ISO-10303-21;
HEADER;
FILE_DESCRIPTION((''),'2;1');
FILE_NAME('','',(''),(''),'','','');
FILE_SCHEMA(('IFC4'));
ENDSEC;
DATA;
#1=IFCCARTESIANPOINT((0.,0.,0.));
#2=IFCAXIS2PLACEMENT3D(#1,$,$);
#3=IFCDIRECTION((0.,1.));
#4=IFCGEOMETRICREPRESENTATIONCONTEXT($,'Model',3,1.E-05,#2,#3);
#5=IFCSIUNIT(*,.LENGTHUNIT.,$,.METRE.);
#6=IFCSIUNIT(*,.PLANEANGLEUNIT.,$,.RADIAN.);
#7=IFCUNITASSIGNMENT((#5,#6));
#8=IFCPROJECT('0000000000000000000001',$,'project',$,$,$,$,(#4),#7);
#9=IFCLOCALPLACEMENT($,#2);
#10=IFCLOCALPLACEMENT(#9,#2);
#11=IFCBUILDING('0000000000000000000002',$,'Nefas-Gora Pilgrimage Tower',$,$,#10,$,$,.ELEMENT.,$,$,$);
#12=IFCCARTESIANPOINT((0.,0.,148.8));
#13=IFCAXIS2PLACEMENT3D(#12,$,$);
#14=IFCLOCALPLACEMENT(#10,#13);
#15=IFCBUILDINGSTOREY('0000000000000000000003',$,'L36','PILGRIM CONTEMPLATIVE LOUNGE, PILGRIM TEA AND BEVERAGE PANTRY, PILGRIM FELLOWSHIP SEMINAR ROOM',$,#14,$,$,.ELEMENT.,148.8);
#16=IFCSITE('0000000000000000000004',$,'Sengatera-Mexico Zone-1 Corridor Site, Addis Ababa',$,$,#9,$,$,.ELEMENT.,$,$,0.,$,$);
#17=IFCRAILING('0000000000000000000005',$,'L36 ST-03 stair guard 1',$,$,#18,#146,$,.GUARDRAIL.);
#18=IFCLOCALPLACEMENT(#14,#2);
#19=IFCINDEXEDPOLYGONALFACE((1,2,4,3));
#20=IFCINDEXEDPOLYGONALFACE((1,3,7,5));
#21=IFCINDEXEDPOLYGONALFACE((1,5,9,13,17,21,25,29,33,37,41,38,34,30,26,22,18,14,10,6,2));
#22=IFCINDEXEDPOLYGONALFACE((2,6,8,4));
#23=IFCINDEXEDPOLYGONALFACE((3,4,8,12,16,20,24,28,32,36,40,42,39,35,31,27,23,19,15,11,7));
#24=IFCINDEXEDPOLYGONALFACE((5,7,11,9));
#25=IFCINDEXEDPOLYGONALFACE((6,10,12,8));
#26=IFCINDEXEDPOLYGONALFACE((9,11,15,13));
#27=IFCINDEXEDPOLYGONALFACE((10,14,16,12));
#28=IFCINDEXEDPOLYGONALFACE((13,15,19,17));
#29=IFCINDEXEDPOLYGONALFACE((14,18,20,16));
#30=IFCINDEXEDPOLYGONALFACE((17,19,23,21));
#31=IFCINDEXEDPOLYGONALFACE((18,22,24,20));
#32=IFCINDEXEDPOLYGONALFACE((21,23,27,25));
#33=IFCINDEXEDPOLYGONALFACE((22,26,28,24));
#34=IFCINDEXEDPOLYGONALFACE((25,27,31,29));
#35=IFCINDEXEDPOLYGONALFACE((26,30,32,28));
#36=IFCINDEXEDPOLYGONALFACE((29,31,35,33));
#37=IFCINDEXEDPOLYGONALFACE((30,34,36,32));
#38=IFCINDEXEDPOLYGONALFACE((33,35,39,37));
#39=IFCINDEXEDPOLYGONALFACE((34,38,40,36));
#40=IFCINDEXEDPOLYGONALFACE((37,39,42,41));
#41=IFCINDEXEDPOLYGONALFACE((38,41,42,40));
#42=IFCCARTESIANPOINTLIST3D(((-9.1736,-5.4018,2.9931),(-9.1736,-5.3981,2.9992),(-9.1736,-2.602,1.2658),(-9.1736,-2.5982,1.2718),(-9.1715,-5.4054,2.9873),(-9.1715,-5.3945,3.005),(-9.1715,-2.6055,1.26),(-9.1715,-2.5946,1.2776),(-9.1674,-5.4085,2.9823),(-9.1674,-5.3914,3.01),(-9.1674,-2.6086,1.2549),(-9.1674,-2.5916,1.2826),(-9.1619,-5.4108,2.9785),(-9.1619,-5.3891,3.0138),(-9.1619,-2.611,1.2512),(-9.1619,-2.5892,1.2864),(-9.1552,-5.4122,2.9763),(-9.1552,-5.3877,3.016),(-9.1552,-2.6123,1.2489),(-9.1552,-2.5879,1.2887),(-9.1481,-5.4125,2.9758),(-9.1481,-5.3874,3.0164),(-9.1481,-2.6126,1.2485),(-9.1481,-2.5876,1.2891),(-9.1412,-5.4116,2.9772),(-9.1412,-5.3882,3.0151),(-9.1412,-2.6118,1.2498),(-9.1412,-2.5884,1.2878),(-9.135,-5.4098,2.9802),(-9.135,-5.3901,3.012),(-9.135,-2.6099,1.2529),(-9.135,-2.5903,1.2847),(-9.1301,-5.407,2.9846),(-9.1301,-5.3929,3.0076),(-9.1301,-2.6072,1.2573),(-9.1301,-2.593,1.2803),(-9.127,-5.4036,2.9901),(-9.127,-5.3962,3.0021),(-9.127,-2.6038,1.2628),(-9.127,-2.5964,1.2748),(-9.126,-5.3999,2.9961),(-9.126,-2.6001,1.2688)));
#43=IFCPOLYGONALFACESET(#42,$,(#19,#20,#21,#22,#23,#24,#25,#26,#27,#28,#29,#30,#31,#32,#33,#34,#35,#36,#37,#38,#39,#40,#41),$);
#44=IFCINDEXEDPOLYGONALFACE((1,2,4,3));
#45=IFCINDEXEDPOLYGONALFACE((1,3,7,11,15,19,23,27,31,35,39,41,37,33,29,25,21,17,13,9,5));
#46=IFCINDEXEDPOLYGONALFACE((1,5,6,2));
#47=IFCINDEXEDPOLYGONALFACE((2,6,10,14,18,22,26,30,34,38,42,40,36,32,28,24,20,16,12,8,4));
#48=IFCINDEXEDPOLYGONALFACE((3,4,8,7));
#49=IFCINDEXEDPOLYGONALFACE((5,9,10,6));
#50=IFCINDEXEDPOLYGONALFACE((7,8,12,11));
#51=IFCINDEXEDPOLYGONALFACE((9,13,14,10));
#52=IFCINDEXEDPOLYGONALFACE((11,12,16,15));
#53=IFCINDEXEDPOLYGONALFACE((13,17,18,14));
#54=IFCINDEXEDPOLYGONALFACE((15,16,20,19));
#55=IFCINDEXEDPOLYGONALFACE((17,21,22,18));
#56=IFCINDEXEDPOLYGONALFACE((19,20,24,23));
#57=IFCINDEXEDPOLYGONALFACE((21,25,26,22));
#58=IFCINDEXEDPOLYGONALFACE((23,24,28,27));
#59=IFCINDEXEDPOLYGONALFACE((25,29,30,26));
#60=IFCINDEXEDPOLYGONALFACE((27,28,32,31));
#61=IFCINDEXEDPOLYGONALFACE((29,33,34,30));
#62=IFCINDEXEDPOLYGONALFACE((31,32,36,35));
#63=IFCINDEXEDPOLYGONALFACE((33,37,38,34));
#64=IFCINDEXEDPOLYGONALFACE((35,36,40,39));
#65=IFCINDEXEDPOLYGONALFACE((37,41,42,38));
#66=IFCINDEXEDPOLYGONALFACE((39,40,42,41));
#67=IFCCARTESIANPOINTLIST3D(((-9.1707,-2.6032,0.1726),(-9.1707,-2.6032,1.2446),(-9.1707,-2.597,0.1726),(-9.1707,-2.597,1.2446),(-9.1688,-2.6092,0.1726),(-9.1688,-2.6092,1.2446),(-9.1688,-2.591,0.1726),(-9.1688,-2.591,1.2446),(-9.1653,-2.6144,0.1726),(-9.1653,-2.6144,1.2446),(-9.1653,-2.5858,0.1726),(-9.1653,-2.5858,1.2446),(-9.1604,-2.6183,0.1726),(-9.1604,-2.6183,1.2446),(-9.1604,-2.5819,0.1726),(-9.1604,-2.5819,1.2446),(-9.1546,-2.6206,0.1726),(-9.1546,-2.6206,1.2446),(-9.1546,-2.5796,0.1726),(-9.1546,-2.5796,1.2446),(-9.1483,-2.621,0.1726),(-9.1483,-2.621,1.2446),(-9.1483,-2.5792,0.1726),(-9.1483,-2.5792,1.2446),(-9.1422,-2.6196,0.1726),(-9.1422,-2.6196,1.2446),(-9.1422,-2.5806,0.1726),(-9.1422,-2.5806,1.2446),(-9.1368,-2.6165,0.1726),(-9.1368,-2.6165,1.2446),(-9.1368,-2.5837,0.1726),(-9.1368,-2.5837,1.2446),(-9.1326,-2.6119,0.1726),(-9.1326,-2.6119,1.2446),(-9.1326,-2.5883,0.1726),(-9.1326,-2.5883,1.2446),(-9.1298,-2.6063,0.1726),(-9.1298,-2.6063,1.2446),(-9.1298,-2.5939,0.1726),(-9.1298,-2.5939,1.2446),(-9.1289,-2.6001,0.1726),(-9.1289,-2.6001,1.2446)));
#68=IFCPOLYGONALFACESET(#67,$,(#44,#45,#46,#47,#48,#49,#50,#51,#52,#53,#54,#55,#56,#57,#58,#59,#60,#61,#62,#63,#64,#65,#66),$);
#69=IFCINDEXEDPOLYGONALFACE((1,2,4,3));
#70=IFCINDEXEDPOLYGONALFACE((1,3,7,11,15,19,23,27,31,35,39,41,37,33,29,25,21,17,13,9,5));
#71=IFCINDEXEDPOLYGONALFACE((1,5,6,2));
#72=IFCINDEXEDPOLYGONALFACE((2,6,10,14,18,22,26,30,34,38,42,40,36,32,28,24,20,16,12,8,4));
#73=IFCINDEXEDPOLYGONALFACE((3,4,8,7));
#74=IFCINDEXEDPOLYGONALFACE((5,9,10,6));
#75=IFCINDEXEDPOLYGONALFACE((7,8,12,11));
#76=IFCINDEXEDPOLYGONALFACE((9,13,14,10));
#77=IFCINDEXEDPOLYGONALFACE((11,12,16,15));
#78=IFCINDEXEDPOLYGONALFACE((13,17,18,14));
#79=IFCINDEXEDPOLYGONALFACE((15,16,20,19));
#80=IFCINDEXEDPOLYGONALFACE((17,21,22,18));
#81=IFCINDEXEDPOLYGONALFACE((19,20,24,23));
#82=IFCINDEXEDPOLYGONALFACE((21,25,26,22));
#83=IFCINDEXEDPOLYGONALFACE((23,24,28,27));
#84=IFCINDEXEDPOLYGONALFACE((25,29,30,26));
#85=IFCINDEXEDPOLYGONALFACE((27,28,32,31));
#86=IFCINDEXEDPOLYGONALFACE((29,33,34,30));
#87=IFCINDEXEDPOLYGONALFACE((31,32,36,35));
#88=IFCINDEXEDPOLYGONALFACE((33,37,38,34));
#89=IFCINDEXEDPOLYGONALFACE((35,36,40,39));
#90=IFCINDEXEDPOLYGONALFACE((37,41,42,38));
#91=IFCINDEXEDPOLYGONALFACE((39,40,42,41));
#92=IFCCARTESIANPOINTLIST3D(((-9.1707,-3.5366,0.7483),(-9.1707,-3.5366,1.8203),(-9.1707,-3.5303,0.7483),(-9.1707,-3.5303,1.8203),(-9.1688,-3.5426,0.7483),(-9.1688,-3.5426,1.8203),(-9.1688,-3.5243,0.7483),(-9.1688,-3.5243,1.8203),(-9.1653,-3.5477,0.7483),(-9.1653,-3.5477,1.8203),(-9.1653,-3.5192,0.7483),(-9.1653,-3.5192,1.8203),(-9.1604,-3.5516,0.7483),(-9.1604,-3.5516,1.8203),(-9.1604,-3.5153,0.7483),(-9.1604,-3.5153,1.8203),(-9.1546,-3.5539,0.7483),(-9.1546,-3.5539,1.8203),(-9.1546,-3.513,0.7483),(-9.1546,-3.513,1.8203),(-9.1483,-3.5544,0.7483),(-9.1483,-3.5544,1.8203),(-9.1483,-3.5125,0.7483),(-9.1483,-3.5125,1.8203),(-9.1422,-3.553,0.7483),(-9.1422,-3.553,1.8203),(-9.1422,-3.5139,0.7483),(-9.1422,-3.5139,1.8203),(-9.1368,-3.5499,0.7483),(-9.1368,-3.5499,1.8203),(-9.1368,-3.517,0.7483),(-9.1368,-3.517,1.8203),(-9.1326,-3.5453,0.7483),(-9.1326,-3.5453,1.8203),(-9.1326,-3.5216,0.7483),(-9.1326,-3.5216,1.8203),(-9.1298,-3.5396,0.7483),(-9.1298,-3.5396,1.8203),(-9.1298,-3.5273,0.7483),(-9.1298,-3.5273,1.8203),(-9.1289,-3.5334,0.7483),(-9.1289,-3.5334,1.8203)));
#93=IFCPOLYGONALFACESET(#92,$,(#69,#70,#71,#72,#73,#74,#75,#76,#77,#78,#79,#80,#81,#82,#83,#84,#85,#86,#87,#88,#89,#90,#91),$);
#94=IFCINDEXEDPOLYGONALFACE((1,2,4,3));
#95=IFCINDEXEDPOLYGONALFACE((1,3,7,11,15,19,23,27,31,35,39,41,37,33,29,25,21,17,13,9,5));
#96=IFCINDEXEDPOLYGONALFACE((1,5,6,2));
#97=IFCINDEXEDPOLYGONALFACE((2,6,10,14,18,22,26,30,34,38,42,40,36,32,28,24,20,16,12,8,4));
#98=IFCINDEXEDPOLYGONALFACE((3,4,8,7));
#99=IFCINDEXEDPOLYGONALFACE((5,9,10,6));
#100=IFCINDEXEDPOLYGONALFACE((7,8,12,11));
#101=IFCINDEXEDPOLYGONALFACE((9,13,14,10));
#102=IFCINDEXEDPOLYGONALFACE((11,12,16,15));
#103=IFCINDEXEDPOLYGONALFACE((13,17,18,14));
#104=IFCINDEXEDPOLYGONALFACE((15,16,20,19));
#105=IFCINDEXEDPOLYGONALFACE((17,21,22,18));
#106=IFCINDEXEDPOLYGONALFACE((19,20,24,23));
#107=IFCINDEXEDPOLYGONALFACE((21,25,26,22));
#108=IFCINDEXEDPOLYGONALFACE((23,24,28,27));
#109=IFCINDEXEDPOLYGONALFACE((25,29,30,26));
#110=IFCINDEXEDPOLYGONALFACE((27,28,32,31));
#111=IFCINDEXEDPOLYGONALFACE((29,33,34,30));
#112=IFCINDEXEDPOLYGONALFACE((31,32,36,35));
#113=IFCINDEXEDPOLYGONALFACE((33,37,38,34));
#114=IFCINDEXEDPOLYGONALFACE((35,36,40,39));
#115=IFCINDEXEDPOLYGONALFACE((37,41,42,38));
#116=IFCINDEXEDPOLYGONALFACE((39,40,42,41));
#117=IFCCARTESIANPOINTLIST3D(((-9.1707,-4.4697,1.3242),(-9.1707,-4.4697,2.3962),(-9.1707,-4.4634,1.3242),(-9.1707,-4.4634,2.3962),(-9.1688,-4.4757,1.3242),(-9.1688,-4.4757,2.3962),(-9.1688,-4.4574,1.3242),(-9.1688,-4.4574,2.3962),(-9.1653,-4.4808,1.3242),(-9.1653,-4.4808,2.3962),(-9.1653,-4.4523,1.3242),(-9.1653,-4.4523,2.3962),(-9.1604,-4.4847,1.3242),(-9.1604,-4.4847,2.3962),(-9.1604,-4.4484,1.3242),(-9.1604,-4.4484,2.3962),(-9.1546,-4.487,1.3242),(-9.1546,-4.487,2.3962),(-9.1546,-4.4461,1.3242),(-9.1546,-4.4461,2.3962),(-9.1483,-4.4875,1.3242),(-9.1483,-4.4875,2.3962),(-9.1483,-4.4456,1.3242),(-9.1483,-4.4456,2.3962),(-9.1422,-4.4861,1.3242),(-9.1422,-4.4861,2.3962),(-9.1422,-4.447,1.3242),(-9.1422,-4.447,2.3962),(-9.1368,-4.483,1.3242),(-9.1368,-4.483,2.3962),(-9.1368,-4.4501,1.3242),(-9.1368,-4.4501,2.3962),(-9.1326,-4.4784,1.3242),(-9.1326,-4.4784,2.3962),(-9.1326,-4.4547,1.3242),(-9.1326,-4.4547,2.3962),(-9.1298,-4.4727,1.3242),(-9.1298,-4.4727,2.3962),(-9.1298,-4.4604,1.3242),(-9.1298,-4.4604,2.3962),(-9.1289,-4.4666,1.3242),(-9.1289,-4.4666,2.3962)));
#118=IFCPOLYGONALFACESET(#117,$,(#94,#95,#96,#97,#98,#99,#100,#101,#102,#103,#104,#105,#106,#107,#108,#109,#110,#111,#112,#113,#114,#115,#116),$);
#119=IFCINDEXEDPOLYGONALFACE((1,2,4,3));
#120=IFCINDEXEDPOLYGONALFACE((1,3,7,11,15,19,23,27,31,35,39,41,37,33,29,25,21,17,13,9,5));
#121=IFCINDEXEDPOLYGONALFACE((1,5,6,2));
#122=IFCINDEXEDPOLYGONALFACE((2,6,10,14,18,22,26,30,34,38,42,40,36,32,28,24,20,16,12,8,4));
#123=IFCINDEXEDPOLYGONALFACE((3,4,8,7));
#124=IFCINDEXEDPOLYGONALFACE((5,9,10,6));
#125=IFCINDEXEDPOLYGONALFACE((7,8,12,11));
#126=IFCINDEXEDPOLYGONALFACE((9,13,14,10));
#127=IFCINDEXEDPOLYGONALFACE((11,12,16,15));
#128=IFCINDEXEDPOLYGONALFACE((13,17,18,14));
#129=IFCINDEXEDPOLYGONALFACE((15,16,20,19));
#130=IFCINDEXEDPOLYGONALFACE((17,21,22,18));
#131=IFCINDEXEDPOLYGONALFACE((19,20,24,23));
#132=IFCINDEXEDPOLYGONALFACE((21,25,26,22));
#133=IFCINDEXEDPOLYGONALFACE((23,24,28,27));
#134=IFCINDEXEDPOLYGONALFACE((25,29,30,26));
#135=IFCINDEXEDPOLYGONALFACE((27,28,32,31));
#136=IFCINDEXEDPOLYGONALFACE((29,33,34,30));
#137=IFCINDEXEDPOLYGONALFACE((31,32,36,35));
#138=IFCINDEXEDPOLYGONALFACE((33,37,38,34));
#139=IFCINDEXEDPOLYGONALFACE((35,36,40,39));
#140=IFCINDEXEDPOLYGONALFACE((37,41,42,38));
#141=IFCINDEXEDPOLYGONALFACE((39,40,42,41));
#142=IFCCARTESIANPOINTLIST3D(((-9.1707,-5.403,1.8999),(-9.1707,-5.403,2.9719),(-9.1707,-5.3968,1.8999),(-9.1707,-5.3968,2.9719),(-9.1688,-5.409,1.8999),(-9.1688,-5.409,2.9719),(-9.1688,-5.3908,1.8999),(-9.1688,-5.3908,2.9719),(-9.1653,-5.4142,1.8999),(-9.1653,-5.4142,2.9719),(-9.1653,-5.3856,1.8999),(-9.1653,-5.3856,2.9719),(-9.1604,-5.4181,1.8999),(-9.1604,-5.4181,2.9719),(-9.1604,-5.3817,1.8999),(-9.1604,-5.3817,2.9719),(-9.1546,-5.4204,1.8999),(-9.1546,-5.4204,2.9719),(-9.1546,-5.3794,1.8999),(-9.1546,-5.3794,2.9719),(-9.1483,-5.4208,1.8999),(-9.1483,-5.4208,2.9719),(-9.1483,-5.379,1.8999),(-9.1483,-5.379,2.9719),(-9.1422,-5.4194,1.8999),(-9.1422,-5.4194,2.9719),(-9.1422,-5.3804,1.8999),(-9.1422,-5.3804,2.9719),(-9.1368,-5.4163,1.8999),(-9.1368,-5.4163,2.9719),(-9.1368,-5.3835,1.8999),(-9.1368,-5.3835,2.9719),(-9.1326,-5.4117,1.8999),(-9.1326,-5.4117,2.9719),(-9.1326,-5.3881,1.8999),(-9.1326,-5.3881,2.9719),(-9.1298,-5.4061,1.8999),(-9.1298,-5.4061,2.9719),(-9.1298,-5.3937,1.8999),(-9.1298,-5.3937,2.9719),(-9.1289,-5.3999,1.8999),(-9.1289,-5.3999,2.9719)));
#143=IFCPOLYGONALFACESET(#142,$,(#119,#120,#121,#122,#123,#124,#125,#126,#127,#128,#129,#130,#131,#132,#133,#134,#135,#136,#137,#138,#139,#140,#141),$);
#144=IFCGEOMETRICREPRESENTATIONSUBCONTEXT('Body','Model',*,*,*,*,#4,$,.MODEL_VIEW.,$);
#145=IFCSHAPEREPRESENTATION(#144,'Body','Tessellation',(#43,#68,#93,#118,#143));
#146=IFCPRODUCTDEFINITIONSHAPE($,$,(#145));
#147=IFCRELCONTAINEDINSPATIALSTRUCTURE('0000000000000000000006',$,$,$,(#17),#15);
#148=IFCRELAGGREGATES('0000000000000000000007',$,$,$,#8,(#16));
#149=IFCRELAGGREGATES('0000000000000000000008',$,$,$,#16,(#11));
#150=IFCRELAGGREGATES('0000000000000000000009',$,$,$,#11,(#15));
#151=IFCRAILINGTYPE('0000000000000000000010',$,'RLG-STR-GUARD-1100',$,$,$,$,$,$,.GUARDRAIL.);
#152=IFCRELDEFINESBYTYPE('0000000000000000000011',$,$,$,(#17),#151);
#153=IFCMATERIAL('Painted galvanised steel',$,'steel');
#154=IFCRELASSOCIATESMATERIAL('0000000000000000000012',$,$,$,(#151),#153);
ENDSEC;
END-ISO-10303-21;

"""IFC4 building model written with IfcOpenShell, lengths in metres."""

from ifc_helpers import new_model, si_unit, direction, frame, origin, origin_2d, place, context, subcontext, project, spatial, circle, extrude, material, type_object, element, save


model = new_model("IFC4")

# Units and contexts
model_context = context("Model", 3, precision=1e-05, world=origin(), true_north=direction((0.0, 1.0)))
body_context = subcontext(model_context, "Body", "Model", "MODEL_VIEW")
ifc_project = project(units=[si_unit("LENGTHUNIT", "METRE"), si_unit("PLANEANGLEUNIT", "RADIAN")], contexts=[model_context])

# Site, building, storey
site_placement = place(None, origin())
site = spatial("IfcSite", under=ifc_project, at=site_placement, Name="Sengatera-Mexico Zone-1 Corridor Site, Addis Ababa", CompositionType="ELEMENT", RefElevation=0.0)
building_placement = place(site_placement, origin())
building = spatial("IfcBuilding", under=site, at=building_placement, Name="Nefas-Gora Pilgrimage Tower", CompositionType="ELEMENT")
storey_placement = place(building_placement, frame((0.0, 0.0, 148.8)))
storey = spatial("IfcBuildingStorey", under=building, at=storey_placement, Name="L36", Description="PILGRIM CONTEMPLATIVE LOUNGE, PILGRIM TEA AND BEVERAGE PANTRY, PILGRIM FELLOWSHIP SEMINAR ROOM", CompositionType="ELEMENT", Elevation=148.8)

# Railing
ifc_material_1 = material(Name="Painted galvanised steel", Category="steel")
railing_type_1 = type_object("IfcRailingType", Name="RLG-STR-GUARD-1100", PredefinedType="GUARDRAIL", material=ifc_material_1)
railing_1_placement = place(storey_placement, frame((-9.1499, -2.6001, 0.1726)))
element("IfcRailing", 1, at=railing_1_placement, inside=storey, type_object=railing_type_1, Name="L36 ST-03 stair guard 1", PredefinedType="GUARDRAIL", context=body_context, shape_type="SweptSolid", body=[
    extrude(circle(Radius=0.0239, at=origin_2d()), frame((0.0, 0.0, 1.0962), z_axis=(0.0, -0.851069, 0.525054), x_axis=(1.0, 0.0, 0.0)), (0.0, 0.0, 1.0), 3.2898),
    extrude(circle(Radius=0.021, at=origin_2d()), origin(), (0.0, 0.0, 1.0), 1.072),
    extrude(circle(Radius=0.021, at=origin_2d()), frame((0.0, -0.9333, 0.5757)), (0.0, 0.0, 1.0), 1.072),
    extrude(circle(Radius=0.021, at=origin_2d()), frame((0.0, -1.8665, 1.1516)), (0.0, 0.0, 1.0), 1.072),
    extrude(circle(Radius=0.021, at=origin_2d()), frame((0.0, -2.7998, 1.7273)), (0.0, 0.0, 1.0), 1.072),
])

save(model, "model.ifc")
